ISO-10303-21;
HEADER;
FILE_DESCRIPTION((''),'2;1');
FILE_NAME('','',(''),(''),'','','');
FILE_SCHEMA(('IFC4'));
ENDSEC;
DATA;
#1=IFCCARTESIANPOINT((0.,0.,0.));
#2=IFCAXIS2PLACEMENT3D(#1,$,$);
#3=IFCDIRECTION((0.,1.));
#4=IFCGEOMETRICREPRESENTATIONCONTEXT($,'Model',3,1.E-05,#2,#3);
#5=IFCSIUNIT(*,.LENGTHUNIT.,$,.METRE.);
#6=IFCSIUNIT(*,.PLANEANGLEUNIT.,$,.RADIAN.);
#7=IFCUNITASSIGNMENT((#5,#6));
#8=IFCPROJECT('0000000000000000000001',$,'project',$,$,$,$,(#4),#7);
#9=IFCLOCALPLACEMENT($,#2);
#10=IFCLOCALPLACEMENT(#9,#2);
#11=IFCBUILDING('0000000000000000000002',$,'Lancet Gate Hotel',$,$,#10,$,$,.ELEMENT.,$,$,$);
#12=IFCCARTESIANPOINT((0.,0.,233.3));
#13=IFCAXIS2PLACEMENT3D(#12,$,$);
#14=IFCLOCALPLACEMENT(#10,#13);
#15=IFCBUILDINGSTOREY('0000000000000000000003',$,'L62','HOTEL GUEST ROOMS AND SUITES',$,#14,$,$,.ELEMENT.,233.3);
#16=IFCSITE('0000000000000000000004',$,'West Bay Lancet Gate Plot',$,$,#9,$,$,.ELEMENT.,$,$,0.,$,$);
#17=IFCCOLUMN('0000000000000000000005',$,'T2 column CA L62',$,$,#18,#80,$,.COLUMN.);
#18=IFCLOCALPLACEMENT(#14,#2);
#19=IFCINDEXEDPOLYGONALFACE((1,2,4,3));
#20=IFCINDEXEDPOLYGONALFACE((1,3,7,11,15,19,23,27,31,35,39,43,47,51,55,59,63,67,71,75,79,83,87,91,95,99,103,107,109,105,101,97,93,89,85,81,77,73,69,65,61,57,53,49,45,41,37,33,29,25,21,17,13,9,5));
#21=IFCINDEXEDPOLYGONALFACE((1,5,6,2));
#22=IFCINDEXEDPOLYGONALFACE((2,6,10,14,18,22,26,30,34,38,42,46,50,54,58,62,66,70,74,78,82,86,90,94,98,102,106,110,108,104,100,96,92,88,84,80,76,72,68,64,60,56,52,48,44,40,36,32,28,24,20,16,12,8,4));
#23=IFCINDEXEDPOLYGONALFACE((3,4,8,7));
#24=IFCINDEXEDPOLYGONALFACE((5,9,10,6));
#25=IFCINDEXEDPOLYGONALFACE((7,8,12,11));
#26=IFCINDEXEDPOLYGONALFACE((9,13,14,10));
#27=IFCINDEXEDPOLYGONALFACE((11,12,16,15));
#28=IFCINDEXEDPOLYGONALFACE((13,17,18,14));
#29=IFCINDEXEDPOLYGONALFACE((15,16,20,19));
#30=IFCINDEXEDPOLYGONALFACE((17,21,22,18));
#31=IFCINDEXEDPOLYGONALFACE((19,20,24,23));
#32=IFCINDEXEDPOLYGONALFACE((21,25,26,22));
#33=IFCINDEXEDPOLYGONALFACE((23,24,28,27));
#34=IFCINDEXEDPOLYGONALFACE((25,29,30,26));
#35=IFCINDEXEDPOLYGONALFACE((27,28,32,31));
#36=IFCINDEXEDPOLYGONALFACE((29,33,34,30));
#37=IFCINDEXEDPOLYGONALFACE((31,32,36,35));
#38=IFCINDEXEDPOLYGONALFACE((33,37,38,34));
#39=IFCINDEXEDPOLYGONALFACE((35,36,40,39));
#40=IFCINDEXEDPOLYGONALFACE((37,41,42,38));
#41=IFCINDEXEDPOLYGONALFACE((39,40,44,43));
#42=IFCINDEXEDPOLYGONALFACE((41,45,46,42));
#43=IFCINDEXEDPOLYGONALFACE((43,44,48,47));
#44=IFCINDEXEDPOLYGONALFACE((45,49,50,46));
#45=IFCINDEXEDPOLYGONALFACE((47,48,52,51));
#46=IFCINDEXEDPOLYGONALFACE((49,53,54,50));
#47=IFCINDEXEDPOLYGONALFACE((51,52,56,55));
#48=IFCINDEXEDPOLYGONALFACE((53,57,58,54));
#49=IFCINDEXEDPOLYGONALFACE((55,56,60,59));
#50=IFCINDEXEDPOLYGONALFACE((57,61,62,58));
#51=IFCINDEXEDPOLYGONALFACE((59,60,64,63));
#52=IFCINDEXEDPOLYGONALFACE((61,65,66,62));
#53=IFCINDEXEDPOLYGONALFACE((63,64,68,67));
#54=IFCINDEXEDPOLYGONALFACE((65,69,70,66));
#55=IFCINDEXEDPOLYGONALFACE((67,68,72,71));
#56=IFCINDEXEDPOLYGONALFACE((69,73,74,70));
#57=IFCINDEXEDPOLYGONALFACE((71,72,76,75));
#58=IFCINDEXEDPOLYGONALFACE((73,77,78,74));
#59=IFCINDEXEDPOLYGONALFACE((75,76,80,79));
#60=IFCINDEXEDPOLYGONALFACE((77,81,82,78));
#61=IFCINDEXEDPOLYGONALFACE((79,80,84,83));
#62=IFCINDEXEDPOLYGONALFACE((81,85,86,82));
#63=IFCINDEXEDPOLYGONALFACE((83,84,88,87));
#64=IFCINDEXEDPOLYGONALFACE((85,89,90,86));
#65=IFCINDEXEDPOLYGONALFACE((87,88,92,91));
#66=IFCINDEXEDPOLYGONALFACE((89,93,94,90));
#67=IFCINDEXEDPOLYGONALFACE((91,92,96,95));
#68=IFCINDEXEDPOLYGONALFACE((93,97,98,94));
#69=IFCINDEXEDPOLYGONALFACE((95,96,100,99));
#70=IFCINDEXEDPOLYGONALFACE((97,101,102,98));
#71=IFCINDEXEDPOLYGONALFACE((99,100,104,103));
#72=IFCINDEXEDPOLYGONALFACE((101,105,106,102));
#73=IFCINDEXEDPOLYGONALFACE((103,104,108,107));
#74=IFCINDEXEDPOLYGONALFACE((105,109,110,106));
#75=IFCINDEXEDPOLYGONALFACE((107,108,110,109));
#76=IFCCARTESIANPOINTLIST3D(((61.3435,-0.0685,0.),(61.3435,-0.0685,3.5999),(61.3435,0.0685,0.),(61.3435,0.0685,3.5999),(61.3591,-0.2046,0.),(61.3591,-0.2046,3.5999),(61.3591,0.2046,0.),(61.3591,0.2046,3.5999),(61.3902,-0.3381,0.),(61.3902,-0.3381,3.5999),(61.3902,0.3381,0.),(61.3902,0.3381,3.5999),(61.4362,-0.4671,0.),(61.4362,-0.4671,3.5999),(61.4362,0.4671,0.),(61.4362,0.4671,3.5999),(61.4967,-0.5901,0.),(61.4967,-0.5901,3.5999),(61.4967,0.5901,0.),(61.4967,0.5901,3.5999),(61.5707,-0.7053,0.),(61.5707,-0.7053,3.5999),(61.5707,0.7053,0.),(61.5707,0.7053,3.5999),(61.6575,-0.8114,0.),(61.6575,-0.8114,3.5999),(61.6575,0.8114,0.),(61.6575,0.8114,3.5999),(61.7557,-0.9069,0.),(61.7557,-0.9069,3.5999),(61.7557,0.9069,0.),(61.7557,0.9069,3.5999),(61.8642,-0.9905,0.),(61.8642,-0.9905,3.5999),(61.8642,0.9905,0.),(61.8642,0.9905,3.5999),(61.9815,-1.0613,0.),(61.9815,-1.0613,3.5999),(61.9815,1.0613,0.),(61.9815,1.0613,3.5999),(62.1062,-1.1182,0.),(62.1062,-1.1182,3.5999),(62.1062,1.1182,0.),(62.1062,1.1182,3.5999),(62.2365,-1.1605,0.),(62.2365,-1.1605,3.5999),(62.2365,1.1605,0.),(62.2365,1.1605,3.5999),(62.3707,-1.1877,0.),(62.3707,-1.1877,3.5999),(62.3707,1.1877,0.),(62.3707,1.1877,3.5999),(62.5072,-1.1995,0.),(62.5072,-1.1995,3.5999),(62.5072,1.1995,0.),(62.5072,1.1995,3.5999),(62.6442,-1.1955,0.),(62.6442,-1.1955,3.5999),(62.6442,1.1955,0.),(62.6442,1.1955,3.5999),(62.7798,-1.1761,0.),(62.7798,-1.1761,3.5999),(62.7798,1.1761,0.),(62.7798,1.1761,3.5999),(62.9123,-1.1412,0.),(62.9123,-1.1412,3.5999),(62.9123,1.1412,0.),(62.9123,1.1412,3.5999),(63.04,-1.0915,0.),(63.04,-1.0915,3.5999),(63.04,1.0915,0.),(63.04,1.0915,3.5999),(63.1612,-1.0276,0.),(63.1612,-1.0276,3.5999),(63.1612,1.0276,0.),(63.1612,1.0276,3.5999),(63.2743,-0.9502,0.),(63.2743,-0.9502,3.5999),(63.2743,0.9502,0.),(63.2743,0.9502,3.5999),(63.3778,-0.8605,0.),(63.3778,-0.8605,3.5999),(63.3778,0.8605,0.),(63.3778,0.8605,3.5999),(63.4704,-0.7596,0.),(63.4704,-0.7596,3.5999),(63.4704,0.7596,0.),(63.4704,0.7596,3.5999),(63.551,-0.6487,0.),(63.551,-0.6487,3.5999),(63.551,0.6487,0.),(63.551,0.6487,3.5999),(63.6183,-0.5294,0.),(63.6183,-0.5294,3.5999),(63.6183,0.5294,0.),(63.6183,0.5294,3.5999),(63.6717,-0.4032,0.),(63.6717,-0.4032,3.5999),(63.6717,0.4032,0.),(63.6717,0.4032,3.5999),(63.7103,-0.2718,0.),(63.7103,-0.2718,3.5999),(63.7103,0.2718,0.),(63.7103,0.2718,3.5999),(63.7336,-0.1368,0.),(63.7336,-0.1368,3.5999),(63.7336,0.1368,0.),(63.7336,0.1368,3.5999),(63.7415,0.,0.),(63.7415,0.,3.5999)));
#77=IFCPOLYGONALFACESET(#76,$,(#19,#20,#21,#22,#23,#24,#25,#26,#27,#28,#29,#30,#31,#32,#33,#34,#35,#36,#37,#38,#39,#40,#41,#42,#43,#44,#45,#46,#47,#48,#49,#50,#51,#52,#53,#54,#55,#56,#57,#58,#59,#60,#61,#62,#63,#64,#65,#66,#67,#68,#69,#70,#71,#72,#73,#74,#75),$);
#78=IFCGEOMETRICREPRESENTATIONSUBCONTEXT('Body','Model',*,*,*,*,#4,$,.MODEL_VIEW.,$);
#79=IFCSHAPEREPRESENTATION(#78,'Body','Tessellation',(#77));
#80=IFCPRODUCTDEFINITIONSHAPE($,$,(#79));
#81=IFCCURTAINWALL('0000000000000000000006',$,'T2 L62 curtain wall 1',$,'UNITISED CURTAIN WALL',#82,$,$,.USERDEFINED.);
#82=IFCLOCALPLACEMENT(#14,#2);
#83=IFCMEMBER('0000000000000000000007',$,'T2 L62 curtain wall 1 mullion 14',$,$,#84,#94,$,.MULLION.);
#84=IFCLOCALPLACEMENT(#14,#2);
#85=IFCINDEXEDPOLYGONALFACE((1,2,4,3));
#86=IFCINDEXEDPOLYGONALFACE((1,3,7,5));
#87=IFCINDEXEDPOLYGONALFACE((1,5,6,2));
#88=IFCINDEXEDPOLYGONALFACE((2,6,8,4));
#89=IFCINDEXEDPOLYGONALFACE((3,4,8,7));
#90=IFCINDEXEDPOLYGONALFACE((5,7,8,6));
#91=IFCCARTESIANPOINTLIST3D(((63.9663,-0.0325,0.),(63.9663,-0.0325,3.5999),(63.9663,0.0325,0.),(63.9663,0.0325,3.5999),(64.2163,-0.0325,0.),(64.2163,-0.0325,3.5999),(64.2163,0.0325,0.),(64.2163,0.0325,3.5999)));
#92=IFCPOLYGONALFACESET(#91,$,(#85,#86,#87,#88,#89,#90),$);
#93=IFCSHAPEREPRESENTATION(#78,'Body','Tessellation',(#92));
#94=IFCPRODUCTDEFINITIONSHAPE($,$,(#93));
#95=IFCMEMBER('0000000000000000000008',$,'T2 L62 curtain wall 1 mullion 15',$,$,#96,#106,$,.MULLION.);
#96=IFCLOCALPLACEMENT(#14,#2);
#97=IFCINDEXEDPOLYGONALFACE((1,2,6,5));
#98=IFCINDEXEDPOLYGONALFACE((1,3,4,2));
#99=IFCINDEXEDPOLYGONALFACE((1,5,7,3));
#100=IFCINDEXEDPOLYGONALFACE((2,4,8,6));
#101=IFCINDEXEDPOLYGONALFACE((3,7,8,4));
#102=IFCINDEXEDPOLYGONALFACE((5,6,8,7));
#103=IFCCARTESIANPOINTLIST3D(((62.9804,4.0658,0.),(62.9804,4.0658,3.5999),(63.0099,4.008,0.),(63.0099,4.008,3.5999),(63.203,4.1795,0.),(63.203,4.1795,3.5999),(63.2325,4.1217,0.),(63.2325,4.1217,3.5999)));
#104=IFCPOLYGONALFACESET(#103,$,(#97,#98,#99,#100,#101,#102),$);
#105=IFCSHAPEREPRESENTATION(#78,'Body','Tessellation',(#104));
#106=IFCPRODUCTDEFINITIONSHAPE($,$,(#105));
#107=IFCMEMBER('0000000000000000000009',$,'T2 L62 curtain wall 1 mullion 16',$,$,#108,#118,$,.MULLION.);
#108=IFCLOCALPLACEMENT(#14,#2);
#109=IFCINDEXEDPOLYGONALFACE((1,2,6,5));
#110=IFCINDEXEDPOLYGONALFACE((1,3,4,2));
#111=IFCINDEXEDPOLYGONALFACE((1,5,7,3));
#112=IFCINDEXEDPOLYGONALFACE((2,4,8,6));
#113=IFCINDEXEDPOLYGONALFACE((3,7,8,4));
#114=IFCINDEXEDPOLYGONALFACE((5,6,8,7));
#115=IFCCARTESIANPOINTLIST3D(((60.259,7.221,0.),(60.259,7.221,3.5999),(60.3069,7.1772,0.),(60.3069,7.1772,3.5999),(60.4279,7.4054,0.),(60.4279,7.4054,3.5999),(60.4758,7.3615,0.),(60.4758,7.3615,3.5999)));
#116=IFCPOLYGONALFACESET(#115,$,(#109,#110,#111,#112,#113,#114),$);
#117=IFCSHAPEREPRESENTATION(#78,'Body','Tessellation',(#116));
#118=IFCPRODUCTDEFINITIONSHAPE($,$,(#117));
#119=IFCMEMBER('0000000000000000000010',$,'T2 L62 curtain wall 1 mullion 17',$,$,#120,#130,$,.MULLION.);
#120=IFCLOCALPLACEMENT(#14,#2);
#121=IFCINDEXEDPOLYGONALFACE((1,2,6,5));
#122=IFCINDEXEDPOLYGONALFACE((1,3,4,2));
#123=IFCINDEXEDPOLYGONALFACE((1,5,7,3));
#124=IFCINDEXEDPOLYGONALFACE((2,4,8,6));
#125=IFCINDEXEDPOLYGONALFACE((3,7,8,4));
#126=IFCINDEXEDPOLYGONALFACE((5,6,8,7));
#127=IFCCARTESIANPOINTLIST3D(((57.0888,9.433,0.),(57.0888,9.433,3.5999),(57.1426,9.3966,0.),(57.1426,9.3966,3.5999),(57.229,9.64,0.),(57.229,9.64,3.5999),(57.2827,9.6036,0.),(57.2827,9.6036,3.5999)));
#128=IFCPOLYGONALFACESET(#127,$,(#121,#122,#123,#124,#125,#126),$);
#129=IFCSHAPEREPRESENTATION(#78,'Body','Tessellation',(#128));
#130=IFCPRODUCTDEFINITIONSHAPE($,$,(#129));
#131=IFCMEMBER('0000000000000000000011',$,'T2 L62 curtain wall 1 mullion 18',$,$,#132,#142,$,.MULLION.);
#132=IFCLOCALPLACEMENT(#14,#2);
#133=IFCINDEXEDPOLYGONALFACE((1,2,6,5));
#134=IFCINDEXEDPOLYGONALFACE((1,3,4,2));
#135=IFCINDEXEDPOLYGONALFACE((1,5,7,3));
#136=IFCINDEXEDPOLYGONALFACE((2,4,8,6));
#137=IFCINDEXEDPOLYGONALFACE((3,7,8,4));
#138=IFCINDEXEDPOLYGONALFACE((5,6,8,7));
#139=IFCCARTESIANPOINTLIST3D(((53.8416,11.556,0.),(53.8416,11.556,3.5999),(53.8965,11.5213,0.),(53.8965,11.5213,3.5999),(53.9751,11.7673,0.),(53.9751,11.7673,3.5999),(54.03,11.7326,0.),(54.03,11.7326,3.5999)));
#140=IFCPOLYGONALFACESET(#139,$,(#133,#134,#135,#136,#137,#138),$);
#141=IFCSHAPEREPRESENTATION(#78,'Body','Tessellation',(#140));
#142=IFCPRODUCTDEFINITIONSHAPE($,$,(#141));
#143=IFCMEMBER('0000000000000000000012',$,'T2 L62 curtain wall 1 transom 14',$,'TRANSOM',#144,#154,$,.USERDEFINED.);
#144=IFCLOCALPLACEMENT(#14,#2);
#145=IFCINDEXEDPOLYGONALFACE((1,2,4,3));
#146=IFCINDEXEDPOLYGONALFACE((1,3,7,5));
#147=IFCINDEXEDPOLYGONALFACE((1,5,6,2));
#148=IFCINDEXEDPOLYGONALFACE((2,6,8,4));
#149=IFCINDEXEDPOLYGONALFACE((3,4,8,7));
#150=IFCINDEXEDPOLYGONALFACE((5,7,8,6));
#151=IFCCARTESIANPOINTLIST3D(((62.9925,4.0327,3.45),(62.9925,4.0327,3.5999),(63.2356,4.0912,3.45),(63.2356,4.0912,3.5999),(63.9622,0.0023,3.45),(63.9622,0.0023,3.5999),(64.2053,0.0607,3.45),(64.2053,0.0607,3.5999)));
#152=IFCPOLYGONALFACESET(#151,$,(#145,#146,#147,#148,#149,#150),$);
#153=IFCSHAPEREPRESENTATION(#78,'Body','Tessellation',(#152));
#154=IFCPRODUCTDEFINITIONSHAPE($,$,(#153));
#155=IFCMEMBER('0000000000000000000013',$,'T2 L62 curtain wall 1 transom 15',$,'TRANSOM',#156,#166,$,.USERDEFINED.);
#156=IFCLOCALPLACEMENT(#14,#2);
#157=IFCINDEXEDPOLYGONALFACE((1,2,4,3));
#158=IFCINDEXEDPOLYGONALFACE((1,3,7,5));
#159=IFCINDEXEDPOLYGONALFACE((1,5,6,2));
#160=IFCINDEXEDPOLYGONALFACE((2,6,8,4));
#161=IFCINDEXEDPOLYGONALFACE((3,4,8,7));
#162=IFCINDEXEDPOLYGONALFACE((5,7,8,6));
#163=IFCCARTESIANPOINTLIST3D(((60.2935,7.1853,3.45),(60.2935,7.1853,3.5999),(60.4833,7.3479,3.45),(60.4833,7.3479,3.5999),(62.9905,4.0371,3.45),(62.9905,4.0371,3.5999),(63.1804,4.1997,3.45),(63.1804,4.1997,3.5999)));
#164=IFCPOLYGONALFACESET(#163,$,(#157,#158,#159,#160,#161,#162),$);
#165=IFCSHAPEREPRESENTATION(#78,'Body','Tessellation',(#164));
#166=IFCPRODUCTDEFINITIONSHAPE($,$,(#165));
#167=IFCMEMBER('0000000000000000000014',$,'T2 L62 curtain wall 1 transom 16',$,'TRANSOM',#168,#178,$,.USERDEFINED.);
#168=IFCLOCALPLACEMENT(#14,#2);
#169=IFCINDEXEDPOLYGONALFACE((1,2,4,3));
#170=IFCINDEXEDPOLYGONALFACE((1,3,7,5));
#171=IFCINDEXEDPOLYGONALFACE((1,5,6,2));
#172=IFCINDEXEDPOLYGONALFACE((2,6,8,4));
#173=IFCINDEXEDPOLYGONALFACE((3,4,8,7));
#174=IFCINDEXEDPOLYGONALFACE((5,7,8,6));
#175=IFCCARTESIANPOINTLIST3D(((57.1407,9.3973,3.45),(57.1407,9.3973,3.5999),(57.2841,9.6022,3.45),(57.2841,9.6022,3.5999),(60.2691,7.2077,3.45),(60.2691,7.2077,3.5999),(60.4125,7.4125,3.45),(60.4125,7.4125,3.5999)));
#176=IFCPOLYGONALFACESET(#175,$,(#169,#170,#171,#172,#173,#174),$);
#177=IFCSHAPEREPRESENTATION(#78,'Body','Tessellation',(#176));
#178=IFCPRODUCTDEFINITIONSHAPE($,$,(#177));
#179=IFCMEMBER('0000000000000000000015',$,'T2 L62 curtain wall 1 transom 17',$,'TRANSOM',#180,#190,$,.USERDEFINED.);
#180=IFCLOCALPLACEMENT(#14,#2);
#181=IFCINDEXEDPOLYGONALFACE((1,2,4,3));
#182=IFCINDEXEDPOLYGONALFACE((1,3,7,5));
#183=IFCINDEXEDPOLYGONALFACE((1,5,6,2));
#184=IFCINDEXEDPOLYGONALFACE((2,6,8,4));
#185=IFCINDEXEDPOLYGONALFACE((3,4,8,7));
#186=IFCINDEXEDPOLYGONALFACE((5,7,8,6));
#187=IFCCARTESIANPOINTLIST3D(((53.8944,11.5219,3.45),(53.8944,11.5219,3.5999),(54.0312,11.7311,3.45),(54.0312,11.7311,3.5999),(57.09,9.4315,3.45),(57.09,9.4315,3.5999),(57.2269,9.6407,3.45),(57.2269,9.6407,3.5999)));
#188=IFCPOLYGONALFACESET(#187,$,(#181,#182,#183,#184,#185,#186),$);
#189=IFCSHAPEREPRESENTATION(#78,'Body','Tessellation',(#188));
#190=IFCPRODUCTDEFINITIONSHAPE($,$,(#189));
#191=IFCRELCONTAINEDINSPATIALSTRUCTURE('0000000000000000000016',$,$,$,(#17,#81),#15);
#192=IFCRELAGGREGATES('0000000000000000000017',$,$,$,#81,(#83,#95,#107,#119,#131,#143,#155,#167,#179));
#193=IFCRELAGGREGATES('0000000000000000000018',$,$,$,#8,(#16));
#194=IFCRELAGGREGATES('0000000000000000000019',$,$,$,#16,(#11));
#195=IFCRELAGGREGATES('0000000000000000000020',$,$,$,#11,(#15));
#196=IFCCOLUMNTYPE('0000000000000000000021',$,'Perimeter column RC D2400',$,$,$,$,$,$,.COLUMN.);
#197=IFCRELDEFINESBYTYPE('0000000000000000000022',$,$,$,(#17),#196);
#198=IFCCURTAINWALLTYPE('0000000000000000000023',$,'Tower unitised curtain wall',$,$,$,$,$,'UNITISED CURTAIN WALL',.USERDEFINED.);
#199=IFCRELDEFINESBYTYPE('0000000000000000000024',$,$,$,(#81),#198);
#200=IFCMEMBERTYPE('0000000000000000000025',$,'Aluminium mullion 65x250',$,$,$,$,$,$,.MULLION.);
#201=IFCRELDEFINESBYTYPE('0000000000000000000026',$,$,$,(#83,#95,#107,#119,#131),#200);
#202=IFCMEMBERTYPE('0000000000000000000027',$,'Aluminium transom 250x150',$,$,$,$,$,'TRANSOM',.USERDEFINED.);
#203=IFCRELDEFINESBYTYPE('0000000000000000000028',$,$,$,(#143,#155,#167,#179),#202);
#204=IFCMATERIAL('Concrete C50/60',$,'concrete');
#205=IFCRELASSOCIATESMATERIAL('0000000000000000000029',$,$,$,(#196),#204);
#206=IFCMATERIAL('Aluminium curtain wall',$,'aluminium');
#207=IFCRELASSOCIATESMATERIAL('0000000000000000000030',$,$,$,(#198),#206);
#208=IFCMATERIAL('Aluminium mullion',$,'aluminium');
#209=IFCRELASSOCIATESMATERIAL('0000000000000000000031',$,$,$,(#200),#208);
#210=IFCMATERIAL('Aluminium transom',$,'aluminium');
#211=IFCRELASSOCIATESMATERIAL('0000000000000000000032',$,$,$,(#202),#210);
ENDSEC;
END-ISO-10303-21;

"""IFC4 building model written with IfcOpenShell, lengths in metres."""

from ifc_helpers import new_model, si_unit, direction, frame, origin, origin_2d, place, context, subcontext, project, spatial, rectangle, circle, extrude, material, material_profile, profile_set, type_object, element, aggregate, save


model = new_model("IFC4")

# Units and contexts
model_context = context("Model", 3, precision=1e-05, world=origin(), true_north=direction((0.0, 1.0)))
body_context = subcontext(model_context, "Body", "Model", "MODEL_VIEW")
ifc_project = project(units=[si_unit("LENGTHUNIT", "METRE"), si_unit("PLANEANGLEUNIT", "RADIAN")], contexts=[model_context])

# Site, building, storey
site_placement = place(None, origin())
site = spatial("IfcSite", under=ifc_project, at=site_placement, Name="West Bay Lancet Gate Plot", CompositionType="ELEMENT", RefElevation=0.0)
building_placement = place(site_placement, origin())
building = spatial("IfcBuilding", under=site, at=building_placement, Name="Lancet Gate Hotel", CompositionType="ELEMENT")
storey_placement = place(building_placement, frame((0.0, 0.0, 233.3)))
storey = spatial("IfcBuildingStorey", under=building, at=storey_placement, Name="L62", Description="HOTEL GUEST ROOMS AND SUITES", CompositionType="ELEMENT", Elevation=233.3)

# Column
ifc_material_1 = material(Name="Concrete C50/60", Category="concrete")
ifc_material_profile_1 = material_profile(ifc_material_1, circle(Radius=1.2, at=origin_2d()), Name="RC D2400")
ifc_profile_set_1 = profile_set([ifc_material_profile_1], Name="Concrete C50/60")
column_type = type_object("IfcColumnType", Name="Perimeter column RC D2400", PredefinedType="COLUMN", material=ifc_profile_set_1)
column_placement = place(storey_placement, frame((62.5415, 0.0, 0.0), z_axis=(0.0, 0.0, 1.0), x_axis=(1.0, 0.0, 0.0)))
element("IfcColumn", 1, at=column_placement, inside=storey, type_object=column_type, Name="T2 column CA L62", PredefinedType="COLUMN", context=body_context, shape_type="SweptSolid", body=[
    extrude(circle(Radius=1.2, at=origin_2d()), origin(), (0.0, 0.0, 1.0), 3.5999),
])

# Curtain wall, members
ifc_material_2 = material(Name="Aluminium curtain wall", Category="aluminium")
curtain_wall_type = type_object("IfcCurtainWallType", Name="Tower unitised curtain wall", ElementType="UNITISED CURTAIN WALL", PredefinedType="USERDEFINED", material=ifc_material_2)
curtain_wall_placement = place(storey_placement, origin())
curtain_wall = element("IfcCurtainWall", 2, at=curtain_wall_placement, inside=storey, type_object=curtain_wall_type, Name="T2 L62 curtain wall 1", ObjectType="UNITISED CURTAIN WALL", PredefinedType="USERDEFINED")
ifc_material_3 = material(Name="Aluminium mullion", Category="aluminium")
ifc_material_profile_2 = material_profile(ifc_material_3, rectangle(XDim=0.0649, YDim=0.25, at=origin_2d()), Name="MULLION 65x250")
ifc_profile_set_2 = profile_set([ifc_material_profile_2], Name="Aluminium mullion")
member_type_1 = type_object("IfcMemberType", Name="Aluminium mullion 65x250", PredefinedType="MULLION", material=ifc_profile_set_2)
member_1_placement = place(storey_placement, frame((64.0913, 0.0, 0.0), z_axis=(0.0, 0.0, 1.0), x_axis=(0.0, 1.0, 0.0)))
member_1 = element("IfcMember", 3, at=member_1_placement, type_object=member_type_1, Name="T2 L62 curtain wall 1 mullion 14", PredefinedType="MULLION", context=body_context, shape_type="SweptSolid", body=[
    extrude(rectangle(XDim=0.0649, YDim=0.25, at=origin_2d()), origin(), (0.0, 0.0, 1.0), 3.5999),
])
member_2_placement = place(storey_placement, frame((63.1064, 4.0938, 0.0), z_axis=(0.0, 0.0, 1.0), x_axis=(-0.454853, 0.890567, 0.0)))
member_2 = element("IfcMember", 4, at=member_2_placement, type_object=member_type_1, Name="T2 L62 curtain wall 1 mullion 15", PredefinedType="MULLION", context=body_context, shape_type="SweptSolid", body=[
    extrude(rectangle(XDim=0.0649, YDim=0.25, at=origin_2d()), origin(), (0.0, 0.0, 1.0), 3.5999),
])
member_3_placement = place(storey_placement, frame((60.3674, 7.2913, 0.0), z_axis=(0.0, 0.0, 1.0), x_axis=(-0.737323, 0.67554, 0.0)))
member_3 = element("IfcMember", 5, at=member_3_placement, type_object=member_type_1, Name="T2 L62 curtain wall 1 mullion 16", PredefinedType="MULLION", context=body_context, shape_type="SweptSolid", body=[
    extrude(rectangle(XDim=0.0649, YDim=0.25, at=origin_2d()), origin(), (0.0, 0.0, 1.0), 3.5999),
])
member_4_placement = place(storey_placement, frame((57.1858, 9.5183, 0.0), z_axis=(0.0, 0.0, 1.0), x_axis=(-0.828155, 0.5605, 0.0)))
member_4 = element("IfcMember", 6, at=member_4_placement, type_object=member_type_1, Name="T2 L62 curtain wall 1 mullion 17", PredefinedType="MULLION", context=body_context, shape_type="SweptSolid", body=[
    extrude(rectangle(XDim=0.0649, YDim=0.25, at=origin_2d()), origin(), (0.0, 0.0, 1.0), 3.5999),
])
member_5_placement = place(storey_placement, frame((53.9358, 11.6443, 0.0), z_axis=(0.0, 0.0, 1.0), x_axis=(-0.84534, 0.534229, 0.0)))
member_5 = element("IfcMember", 7, at=member_5_placement, type_object=member_type_1, Name="T2 L62 curtain wall 1 mullion 18", PredefinedType="MULLION", context=body_context, shape_type="SweptSolid", body=[
    extrude(rectangle(XDim=0.0649, YDim=0.25, at=origin_2d()), origin(), (0.0, 0.0, 1.0), 3.5999),
])
ifc_material_4 = material(Name="Aluminium transom", Category="aluminium")
ifc_material_profile_3 = material_profile(ifc_material_4, rectangle(XDim=0.25, YDim=0.1499, at=origin_2d()), Name="TRANSOM 250x150")
ifc_profile_set_3 = profile_set([ifc_material_profile_3], Name="Aluminium transom")
member_type_2 = type_object("IfcMemberType", Name="Aluminium transom 250x150", ElementType="TRANSOM", PredefinedType="USERDEFINED", material=ifc_profile_set_3)
member_6_placement = place(storey_placement, frame((64.0837, 0.0315, 3.5249), z_axis=(-0.233921, 0.972256, 0.0), x_axis=(-0.972256, -0.233921, 0.0)))
member_6 = element("IfcMember", 8, at=member_6_placement, type_object=member_type_2, Name="T2 L62 curtain wall 1 transom 14", ObjectType="TRANSOM", PredefinedType="USERDEFINED", context=body_context, shape_type="SweptSolid", body=[
    extrude(rectangle(XDim=0.25, YDim=0.1499, at=origin_2d()), origin(), (0.0, 0.0, 1.0), 4.1455),
])
member_7_placement = place(storey_placement, frame((63.0854, 4.1184, 3.5249), z_axis=(-0.650593, 0.759427, 0.0), x_axis=(-0.759427, -0.650593, 0.0)))
member_7 = element("IfcMember", 9, at=member_7_placement, type_object=member_type_2, Name="T2 L62 curtain wall 1 transom 15", ObjectType="TRANSOM", PredefinedType="USERDEFINED", context=body_context, shape_type="SweptSolid", body=[
    extrude(rectangle(XDim=0.25, YDim=0.1499, at=origin_2d()), origin(), (0.0, 0.0, 1.0), 4.1455),
])
member_8_placement = place(storey_placement, frame((60.3408, 7.3101, 3.5249), z_axis=(-0.819256, 0.573428, 0.0), x_axis=(-0.573428, -0.819256, 0.0)))
member_8 = element("IfcMember", 10, at=member_8_placement, type_object=member_type_2, Name="T2 L62 curtain wall 1 transom 16", ObjectType="TRANSOM", PredefinedType="USERDEFINED", context=body_context, shape_type="SweptSolid", body=[
    extrude(rectangle(XDim=0.25, YDim=0.1499, at=origin_2d()), origin(), (0.0, 0.0, 1.0), 3.8186),
])
member_9_placement = place(storey_placement, frame((57.1584, 9.5361, 3.5249), z_axis=(-0.836858, 0.54742, 0.0), x_axis=(-0.54742, -0.836858, 0.0)))
member_9 = element("IfcMember", 11, at=member_9_placement, type_object=member_type_2, Name="T2 L62 curtain wall 1 transom 17", ObjectType="TRANSOM", PredefinedType="USERDEFINED", context=body_context, shape_type="SweptSolid", body=[
    extrude(rectangle(XDim=0.25, YDim=0.1499, at=origin_2d()), origin(), (0.0, 0.0, 1.0), 3.8186),
])

aggregate(curtain_wall, [member_1, member_2, member_3, member_4, member_5, member_6, member_7, member_8, member_9])

save(model, "model.ifc")
